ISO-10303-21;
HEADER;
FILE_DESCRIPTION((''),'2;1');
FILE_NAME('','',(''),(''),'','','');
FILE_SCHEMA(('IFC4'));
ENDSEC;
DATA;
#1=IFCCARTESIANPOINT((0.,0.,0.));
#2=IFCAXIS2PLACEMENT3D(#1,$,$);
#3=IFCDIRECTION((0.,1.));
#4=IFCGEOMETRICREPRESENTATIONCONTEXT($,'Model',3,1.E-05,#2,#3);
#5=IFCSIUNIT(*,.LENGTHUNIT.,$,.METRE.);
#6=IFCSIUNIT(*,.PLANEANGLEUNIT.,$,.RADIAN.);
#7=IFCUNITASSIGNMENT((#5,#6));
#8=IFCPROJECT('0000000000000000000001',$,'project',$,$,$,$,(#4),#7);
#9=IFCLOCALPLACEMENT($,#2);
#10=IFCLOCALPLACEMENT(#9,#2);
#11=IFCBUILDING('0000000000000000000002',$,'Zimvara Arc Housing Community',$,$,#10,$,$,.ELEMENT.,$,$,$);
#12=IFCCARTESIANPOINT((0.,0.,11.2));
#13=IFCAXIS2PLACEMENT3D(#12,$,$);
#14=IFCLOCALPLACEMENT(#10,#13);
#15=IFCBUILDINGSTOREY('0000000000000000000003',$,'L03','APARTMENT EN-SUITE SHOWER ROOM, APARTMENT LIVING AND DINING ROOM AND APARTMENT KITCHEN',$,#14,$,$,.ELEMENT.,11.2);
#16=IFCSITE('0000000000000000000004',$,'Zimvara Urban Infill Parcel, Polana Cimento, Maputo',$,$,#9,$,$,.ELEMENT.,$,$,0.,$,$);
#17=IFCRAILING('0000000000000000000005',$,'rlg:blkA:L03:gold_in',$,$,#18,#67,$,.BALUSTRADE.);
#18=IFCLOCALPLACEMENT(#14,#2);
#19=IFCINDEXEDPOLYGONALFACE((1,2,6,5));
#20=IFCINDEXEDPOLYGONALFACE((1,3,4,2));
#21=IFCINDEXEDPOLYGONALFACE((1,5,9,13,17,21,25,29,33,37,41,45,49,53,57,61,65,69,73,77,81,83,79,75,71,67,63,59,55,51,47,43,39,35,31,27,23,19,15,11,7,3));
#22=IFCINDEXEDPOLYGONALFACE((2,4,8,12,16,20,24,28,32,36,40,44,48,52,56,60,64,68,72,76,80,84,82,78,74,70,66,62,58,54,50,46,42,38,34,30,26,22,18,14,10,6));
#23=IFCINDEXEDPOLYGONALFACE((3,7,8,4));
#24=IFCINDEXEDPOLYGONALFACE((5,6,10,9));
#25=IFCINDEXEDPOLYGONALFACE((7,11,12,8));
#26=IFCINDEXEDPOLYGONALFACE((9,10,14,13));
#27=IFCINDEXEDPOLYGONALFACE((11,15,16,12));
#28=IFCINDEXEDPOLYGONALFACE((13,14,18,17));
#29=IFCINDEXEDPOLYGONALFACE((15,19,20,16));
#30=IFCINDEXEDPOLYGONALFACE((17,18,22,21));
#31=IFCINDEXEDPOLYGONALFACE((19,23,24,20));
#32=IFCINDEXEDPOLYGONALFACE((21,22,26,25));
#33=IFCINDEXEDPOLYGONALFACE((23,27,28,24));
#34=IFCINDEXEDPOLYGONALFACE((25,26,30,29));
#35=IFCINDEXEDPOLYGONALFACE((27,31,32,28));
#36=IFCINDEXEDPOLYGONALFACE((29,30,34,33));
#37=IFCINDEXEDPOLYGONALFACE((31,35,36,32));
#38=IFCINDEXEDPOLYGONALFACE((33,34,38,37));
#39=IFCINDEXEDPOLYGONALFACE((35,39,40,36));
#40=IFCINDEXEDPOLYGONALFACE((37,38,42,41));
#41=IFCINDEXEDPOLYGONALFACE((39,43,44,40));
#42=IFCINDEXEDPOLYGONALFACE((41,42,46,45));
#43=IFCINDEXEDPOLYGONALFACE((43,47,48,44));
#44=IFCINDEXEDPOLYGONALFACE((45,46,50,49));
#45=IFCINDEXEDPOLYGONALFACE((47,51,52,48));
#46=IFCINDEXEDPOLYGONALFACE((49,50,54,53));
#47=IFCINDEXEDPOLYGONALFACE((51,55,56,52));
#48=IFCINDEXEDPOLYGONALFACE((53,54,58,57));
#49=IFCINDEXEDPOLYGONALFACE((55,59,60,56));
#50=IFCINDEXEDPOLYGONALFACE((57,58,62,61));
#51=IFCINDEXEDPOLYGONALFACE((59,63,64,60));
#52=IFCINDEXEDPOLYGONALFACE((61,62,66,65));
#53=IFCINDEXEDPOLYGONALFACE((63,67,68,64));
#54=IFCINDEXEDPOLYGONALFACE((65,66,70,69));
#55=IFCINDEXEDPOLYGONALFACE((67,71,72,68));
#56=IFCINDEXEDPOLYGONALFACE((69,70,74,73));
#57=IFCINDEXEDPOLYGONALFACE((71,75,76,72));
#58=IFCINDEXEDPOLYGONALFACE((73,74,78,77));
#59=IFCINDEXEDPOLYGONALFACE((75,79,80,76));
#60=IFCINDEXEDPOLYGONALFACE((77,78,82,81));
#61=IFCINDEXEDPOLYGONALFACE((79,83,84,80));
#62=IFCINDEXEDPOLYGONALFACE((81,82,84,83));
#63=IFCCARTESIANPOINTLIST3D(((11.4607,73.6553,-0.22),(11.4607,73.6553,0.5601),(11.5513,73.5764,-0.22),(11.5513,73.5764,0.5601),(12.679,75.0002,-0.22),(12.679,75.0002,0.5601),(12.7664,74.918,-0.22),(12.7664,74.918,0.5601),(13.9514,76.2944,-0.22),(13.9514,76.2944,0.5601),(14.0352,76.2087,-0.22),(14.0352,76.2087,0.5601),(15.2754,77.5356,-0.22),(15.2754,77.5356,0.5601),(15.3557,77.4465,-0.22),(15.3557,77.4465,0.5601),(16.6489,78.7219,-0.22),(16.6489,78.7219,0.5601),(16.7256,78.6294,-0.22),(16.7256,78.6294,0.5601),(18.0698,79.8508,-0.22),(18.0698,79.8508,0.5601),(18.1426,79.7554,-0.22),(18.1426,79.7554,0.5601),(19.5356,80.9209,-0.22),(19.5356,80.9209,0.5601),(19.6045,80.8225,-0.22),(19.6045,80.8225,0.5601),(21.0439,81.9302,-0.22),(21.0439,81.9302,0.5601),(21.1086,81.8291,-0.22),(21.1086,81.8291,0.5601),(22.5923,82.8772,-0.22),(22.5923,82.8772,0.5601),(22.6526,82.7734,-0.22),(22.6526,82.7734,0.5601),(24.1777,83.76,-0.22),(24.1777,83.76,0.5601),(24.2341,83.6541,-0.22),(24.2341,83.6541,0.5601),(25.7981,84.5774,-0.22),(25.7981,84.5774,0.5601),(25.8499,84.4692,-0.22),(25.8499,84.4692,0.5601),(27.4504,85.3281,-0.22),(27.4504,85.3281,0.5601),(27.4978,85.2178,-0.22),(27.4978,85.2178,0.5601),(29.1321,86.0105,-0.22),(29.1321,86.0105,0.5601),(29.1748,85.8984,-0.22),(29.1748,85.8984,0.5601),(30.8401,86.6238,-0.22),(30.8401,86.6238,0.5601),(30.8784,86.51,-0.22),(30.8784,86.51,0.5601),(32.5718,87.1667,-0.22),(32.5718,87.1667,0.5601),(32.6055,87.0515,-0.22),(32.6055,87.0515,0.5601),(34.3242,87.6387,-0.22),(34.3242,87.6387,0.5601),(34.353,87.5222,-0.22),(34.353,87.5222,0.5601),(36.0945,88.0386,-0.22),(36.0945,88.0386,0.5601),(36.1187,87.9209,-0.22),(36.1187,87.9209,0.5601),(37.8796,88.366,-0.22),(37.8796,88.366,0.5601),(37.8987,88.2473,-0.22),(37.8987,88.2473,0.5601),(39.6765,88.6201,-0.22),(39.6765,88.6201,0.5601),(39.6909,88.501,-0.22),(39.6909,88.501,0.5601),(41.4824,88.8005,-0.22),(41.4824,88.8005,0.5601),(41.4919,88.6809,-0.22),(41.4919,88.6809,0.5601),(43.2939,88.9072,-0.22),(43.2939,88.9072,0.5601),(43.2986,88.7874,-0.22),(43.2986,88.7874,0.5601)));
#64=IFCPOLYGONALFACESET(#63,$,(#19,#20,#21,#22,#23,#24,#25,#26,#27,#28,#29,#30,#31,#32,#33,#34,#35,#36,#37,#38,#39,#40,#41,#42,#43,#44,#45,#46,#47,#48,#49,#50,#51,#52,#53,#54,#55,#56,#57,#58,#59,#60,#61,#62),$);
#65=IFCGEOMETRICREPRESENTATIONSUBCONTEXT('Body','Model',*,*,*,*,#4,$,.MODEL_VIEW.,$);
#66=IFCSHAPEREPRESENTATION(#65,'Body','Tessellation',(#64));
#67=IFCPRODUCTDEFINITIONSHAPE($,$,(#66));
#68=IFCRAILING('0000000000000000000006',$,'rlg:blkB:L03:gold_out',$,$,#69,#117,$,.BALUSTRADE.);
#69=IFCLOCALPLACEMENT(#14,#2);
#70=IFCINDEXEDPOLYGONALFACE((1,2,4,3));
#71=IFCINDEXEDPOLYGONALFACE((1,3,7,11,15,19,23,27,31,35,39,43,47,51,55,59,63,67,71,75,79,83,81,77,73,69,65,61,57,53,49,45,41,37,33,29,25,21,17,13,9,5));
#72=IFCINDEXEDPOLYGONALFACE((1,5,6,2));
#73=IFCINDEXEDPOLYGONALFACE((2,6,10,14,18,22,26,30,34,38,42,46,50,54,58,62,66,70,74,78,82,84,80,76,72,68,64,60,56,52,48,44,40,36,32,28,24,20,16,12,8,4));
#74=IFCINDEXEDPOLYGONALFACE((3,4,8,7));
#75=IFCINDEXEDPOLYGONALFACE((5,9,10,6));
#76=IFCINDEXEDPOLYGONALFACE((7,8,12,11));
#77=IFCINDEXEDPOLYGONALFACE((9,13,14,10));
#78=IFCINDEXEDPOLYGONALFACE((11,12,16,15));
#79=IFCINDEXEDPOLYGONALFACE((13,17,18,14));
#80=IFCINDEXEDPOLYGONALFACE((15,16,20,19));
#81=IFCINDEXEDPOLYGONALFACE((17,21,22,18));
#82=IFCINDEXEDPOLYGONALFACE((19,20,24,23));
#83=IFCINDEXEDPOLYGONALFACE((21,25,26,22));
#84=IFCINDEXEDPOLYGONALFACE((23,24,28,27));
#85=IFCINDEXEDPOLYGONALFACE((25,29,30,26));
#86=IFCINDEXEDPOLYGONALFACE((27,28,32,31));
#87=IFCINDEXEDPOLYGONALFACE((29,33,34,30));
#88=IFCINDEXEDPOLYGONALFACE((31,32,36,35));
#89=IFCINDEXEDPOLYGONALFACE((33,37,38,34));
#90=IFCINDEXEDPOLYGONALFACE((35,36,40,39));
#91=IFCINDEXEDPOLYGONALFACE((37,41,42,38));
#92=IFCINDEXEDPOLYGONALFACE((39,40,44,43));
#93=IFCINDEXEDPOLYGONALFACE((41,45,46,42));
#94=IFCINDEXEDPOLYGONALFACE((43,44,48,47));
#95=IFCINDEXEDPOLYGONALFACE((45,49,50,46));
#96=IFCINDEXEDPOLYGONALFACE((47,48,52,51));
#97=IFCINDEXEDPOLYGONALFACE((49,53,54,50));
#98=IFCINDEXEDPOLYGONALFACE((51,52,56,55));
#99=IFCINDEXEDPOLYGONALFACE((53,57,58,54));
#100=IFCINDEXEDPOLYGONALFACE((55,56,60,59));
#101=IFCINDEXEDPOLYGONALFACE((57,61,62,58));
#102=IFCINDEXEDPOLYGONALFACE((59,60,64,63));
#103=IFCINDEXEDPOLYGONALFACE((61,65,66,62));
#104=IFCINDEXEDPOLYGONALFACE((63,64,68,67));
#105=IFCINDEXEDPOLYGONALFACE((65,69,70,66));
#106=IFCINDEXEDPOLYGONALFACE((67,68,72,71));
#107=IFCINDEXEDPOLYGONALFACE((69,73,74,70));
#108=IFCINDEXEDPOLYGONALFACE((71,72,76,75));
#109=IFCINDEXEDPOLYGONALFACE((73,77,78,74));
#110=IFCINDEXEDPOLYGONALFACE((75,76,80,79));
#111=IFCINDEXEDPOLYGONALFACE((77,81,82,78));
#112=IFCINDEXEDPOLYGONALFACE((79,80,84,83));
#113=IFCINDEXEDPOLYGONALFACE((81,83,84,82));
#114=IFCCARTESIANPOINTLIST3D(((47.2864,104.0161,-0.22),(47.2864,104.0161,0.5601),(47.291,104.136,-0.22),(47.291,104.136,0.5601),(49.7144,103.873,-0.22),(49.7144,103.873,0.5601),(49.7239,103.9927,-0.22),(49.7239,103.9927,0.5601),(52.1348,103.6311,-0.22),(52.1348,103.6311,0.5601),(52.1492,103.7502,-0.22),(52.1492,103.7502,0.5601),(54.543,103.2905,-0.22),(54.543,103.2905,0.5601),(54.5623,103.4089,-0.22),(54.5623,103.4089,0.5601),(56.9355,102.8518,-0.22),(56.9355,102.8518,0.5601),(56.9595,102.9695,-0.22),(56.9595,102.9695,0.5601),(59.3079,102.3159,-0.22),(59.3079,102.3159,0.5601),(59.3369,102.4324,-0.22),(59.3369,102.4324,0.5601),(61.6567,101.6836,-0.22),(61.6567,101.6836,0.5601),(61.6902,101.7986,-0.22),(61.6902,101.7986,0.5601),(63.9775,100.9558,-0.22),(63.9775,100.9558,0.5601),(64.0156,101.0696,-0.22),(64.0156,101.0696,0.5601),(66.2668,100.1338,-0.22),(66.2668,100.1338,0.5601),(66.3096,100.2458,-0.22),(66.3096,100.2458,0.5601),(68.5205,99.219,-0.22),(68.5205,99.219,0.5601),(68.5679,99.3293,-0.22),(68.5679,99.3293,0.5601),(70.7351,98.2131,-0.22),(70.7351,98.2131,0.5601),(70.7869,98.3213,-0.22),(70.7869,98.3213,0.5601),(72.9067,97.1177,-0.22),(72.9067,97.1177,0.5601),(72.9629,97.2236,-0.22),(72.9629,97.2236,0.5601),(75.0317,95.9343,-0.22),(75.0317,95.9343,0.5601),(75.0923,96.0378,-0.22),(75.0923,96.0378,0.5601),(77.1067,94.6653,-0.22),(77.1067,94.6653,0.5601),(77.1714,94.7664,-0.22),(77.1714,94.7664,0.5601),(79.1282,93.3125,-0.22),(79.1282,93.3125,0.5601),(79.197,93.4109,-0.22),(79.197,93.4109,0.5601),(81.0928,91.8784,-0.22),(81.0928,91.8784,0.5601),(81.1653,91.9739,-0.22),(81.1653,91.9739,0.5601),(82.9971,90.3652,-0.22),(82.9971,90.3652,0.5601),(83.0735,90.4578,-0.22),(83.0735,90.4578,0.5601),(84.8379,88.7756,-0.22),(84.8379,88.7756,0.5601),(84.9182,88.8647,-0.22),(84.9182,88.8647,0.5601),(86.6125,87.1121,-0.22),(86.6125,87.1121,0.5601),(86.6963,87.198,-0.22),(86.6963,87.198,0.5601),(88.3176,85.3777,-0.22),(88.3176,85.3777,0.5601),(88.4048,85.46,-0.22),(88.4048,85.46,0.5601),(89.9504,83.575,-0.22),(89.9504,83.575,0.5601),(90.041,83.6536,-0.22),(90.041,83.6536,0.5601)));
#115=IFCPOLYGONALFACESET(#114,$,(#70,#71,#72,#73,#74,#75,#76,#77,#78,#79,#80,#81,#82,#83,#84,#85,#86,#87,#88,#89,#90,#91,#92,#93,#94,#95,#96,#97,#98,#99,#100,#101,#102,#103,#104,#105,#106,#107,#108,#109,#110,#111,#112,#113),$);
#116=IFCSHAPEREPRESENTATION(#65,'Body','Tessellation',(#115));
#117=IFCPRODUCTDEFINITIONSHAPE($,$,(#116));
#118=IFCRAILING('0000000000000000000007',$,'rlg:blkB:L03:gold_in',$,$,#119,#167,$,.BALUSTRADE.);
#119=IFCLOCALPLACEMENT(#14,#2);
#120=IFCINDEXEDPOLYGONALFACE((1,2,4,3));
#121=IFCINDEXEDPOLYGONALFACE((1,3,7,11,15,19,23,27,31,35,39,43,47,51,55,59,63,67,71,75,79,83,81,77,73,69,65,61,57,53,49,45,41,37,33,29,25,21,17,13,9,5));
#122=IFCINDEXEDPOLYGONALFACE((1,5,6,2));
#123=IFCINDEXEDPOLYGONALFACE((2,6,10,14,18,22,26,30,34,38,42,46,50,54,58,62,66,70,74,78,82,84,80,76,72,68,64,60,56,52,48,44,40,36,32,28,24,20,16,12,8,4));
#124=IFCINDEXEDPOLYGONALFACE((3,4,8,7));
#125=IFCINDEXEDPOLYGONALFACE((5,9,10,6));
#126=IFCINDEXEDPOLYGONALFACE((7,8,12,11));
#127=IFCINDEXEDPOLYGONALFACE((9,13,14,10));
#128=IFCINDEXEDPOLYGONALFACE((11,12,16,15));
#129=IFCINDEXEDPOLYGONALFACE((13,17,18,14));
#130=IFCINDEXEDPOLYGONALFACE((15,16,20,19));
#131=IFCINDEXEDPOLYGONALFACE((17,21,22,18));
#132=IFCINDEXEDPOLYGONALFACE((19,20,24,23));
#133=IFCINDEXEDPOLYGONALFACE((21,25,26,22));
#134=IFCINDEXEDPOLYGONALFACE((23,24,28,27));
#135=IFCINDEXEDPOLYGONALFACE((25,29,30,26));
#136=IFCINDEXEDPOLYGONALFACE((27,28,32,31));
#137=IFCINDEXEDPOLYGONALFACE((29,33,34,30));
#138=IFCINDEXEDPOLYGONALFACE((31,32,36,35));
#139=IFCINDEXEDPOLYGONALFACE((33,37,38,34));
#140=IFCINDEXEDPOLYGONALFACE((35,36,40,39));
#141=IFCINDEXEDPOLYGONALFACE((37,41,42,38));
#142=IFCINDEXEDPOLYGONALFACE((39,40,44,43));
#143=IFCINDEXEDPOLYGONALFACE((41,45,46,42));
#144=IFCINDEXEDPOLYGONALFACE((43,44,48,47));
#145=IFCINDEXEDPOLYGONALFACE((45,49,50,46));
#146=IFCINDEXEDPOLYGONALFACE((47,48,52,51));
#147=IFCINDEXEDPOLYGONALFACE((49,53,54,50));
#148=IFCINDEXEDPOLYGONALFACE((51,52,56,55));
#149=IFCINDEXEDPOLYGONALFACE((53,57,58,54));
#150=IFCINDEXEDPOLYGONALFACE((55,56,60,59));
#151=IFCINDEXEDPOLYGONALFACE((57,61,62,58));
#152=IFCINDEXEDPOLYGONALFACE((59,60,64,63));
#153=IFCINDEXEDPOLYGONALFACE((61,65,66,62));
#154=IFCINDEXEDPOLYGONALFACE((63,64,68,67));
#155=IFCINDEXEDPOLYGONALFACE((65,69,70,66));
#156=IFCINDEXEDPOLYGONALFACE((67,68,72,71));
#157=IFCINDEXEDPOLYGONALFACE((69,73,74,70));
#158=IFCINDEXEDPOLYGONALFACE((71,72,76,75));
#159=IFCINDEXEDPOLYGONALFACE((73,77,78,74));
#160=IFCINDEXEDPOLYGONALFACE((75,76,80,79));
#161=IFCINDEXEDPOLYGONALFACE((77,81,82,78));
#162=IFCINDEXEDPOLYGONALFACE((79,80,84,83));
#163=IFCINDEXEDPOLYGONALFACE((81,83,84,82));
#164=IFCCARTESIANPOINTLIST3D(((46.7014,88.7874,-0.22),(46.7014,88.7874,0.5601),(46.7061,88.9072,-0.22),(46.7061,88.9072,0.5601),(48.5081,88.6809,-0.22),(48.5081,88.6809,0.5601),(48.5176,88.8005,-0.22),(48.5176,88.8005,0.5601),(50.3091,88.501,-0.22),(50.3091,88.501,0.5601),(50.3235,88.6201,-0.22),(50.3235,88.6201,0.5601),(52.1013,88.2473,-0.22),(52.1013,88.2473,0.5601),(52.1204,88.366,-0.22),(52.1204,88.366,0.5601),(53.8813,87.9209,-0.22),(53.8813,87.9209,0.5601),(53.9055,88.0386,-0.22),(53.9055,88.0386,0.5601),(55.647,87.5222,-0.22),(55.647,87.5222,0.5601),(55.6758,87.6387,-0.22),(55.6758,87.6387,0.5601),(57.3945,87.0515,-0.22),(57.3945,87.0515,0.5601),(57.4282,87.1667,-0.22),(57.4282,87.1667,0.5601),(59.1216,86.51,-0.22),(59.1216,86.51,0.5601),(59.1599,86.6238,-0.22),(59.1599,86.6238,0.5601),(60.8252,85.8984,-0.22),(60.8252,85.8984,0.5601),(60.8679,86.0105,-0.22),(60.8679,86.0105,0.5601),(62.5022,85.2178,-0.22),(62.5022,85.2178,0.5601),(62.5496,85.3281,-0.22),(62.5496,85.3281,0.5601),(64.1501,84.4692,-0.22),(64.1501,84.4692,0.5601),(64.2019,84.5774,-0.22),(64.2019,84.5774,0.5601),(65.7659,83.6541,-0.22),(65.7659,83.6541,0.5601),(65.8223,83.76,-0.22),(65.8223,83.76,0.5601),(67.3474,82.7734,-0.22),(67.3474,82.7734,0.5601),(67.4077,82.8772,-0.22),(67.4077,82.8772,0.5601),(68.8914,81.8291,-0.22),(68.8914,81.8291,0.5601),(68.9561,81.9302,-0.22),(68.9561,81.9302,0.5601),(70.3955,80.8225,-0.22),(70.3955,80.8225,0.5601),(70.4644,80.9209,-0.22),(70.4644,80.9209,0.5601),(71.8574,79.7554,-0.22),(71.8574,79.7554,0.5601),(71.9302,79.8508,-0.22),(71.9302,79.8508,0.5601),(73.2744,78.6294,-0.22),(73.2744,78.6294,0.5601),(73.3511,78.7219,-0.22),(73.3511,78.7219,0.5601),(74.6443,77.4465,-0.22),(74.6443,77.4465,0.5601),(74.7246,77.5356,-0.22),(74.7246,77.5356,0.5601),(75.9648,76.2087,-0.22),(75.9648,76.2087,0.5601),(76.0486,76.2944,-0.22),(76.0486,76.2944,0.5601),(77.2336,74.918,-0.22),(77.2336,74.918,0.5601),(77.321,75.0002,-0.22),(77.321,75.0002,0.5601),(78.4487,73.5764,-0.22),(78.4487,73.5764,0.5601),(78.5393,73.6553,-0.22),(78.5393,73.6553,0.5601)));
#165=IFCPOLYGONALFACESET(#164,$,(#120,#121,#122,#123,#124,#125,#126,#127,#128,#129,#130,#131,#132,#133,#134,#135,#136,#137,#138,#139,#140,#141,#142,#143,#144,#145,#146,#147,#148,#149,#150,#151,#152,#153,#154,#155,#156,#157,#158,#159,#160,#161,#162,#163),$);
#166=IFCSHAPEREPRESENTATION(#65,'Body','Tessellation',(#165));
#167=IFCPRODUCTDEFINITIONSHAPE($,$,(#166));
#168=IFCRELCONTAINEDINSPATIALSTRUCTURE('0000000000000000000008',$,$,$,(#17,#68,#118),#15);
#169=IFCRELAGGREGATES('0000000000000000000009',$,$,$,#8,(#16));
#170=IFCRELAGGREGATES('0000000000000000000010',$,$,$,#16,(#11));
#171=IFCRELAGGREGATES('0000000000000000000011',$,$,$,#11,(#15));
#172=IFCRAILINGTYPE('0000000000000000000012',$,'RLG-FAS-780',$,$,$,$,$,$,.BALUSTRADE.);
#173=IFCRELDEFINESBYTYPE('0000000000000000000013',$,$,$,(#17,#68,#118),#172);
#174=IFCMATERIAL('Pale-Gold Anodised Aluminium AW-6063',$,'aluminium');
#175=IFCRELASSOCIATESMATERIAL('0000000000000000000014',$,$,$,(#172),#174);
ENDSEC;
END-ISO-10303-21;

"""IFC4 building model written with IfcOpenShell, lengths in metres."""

from ifc_helpers import new_model, si_unit, direction, frame, origin, place, context, subcontext, project, spatial, polyline, outline, extrude, material, type_object, element, save


model = new_model("IFC4")

# Units and contexts
model_context = context("Model", 3, precision=1e-05, world=origin(), true_north=direction((0.0, 1.0)))
body_context = subcontext(model_context, "Body", "Model", "MODEL_VIEW")
ifc_project = project(units=[si_unit("LENGTHUNIT", "METRE"), si_unit("PLANEANGLEUNIT", "RADIAN")], contexts=[model_context])

# Site, building, storey
site_placement = place(None, origin())
site = spatial("IfcSite", under=ifc_project, at=site_placement, Name="Zimvara Urban Infill Parcel, Polana Cimento, Maputo", CompositionType="ELEMENT", RefElevation=0.0)
building_placement = place(site_placement, origin())
building = spatial("IfcBuilding", under=site, at=building_placement, Name="Zimvara Arc Housing Community", CompositionType="ELEMENT")
storey_placement = place(building_placement, frame((0.0, 0.0, 11.2)))
storey = spatial("IfcBuildingStorey", under=building, at=storey_placement, Name="L03", Description="APARTMENT EN-SUITE SHOWER ROOM, APARTMENT LIVING AND DINING ROOM AND APARTMENT KITCHEN", CompositionType="ELEMENT", Elevation=11.2)

# Railings
ifc_material_1 = material(Name="Pale-Gold Anodised Aluminium AW-6063", Category="aluminium")
railing_type_1 = type_object("IfcRailingType", Name="RLG-FAS-780", PredefinedType="BALUSTRADE", material=ifc_material_1)
railing_1_placement = place(storey_placement, frame((0.0, 0.0, -0.22)))
element("IfcRailing", 1, at=railing_1_placement, inside=storey, type_object=railing_type_1, Name="rlg:blkA:L03:gold_in", PredefinedType="BALUSTRADE", context=body_context, shape_type="SweptSolid", body=[
    extrude(outline(polyline([(11.5513, 73.5764), (12.7664, 74.918), (14.0352, 76.2087), (15.3557, 77.4465), (16.7256, 78.6294), (18.1426, 79.7554), (19.6045, 80.8225), (21.1086, 81.8291), (22.6526, 82.7734), (24.2341, 83.6541), (25.8499, 84.4692), (27.4978, 85.2178), (29.1748, 85.8984), (30.8784, 86.51), (32.6055, 87.0515), (34.353, 87.5222), (36.1187, 87.9209), (37.8987, 88.2473), (39.6909, 88.501), (41.4919, 88.6809), (43.2986, 88.7874), (43.2939, 88.9072), (41.4824, 88.8005), (39.6765, 88.6201), (37.8796, 88.366), (36.0945, 88.0386), (34.3242, 87.6387), (32.5718, 87.1667), (30.8401, 86.6238), (29.1321, 86.0105), (27.4504, 85.3281), (25.7981, 84.5774), (24.1777, 83.76), (22.5923, 82.8772), (21.0439, 81.9302), (19.5356, 80.9209), (18.0698, 79.8508), (16.6489, 78.7219), (15.2754, 77.5356), (13.9514, 76.2944), (12.679, 75.0002), (11.4607, 73.6553), (11.5513, 73.5764)])), origin(), (0.0, 0.0, 1.0), 0.78),
])
railing_2_placement = place(storey_placement, frame((0.0, 0.0, -0.22)))
element("IfcRailing", 2, at=railing_2_placement, inside=storey, type_object=railing_type_1, Name="rlg:blkB:L03:gold_out", PredefinedType="BALUSTRADE", context=body_context, shape_type="SweptSolid", body=[
    extrude(outline(polyline([(47.2864, 104.0161), (49.7144, 103.873), (52.1348, 103.6311), (54.543, 103.2905), (56.9355, 102.8518), (59.3079, 102.3159), (61.6567, 101.6836), (63.9775, 100.9558), (66.2668, 100.1338), (68.5205, 99.219), (70.7351, 98.2131), (72.9067, 97.1177), (75.0317, 95.9343), (77.1067, 94.6653), (79.1282, 93.3125), (81.0928, 91.8784), (82.9971, 90.3652), (84.8379, 88.7756), (86.6125, 87.1121), (88.3176, 85.3777), (89.9504, 83.575), (90.041, 83.6536), (88.4048, 85.46), (86.6963, 87.198), (84.9182, 88.8647), (83.0735, 90.4578), (81.1653, 91.9739), (79.197, 93.4109), (77.1714, 94.7664), (75.0923, 96.0378), (72.9629, 97.2236), (70.7869, 98.3213), (68.5679, 99.3293), (66.3096, 100.2458), (64.0156, 101.0696), (61.6902, 101.7986), (59.3369, 102.4324), (56.9595, 102.9695), (54.5623, 103.4089), (52.1492, 103.7502), (49.7239, 103.9927), (47.291, 104.136), (47.2864, 104.0161)])), origin(), (0.0, 0.0, 1.0), 0.78),
])
railing_3_placement = place(storey_placement, frame((0.0, 0.0, -0.22)))
element("IfcRailing", 3, at=railing_3_placement, inside=storey, type_object=railing_type_1, Name="rlg:blkB:L03:gold_in", PredefinedType="BALUSTRADE", context=body_context, shape_type="SweptSolid", body=[
    extrude(outline(polyline([(46.7014, 88.7874), (48.5081, 88.6809), (50.3091, 88.501), (52.1013, 88.2473), (53.8813, 87.9209), (55.647, 87.5222), (57.3945, 87.0515), (59.1216, 86.51), (60.8252, 85.8984), (62.5022, 85.2178), (64.1501, 84.4692), (65.7659, 83.6541), (67.3474, 82.7734), (68.8914, 81.8291), (70.3955, 80.8225), (71.8574, 79.7554), (73.2744, 78.6294), (74.6443, 77.4465), (75.9648, 76.2087), (77.2336, 74.918), (78.4487, 73.5764), (78.5393, 73.6553), (77.321, 75.0002), (76.0486, 76.2944), (74.7246, 77.5356), (73.3511, 78.7219), (71.9302, 79.8508), (70.4644, 80.9209), (68.9561, 81.9302), (67.4077, 82.8772), (65.8223, 83.76), (64.2019, 84.5774), (62.5496, 85.3281), (60.8679, 86.0105), (59.1599, 86.6238), (57.4282, 87.1667), (55.6758, 87.6387), (53.9055, 88.0386), (52.1204, 88.366), (50.3235, 88.6201), (48.5176, 88.8005), (46.7061, 88.9072), (46.7014, 88.7874)])), origin(), (0.0, 0.0, 1.0), 0.78),
])

save(model, "model.ifc")
